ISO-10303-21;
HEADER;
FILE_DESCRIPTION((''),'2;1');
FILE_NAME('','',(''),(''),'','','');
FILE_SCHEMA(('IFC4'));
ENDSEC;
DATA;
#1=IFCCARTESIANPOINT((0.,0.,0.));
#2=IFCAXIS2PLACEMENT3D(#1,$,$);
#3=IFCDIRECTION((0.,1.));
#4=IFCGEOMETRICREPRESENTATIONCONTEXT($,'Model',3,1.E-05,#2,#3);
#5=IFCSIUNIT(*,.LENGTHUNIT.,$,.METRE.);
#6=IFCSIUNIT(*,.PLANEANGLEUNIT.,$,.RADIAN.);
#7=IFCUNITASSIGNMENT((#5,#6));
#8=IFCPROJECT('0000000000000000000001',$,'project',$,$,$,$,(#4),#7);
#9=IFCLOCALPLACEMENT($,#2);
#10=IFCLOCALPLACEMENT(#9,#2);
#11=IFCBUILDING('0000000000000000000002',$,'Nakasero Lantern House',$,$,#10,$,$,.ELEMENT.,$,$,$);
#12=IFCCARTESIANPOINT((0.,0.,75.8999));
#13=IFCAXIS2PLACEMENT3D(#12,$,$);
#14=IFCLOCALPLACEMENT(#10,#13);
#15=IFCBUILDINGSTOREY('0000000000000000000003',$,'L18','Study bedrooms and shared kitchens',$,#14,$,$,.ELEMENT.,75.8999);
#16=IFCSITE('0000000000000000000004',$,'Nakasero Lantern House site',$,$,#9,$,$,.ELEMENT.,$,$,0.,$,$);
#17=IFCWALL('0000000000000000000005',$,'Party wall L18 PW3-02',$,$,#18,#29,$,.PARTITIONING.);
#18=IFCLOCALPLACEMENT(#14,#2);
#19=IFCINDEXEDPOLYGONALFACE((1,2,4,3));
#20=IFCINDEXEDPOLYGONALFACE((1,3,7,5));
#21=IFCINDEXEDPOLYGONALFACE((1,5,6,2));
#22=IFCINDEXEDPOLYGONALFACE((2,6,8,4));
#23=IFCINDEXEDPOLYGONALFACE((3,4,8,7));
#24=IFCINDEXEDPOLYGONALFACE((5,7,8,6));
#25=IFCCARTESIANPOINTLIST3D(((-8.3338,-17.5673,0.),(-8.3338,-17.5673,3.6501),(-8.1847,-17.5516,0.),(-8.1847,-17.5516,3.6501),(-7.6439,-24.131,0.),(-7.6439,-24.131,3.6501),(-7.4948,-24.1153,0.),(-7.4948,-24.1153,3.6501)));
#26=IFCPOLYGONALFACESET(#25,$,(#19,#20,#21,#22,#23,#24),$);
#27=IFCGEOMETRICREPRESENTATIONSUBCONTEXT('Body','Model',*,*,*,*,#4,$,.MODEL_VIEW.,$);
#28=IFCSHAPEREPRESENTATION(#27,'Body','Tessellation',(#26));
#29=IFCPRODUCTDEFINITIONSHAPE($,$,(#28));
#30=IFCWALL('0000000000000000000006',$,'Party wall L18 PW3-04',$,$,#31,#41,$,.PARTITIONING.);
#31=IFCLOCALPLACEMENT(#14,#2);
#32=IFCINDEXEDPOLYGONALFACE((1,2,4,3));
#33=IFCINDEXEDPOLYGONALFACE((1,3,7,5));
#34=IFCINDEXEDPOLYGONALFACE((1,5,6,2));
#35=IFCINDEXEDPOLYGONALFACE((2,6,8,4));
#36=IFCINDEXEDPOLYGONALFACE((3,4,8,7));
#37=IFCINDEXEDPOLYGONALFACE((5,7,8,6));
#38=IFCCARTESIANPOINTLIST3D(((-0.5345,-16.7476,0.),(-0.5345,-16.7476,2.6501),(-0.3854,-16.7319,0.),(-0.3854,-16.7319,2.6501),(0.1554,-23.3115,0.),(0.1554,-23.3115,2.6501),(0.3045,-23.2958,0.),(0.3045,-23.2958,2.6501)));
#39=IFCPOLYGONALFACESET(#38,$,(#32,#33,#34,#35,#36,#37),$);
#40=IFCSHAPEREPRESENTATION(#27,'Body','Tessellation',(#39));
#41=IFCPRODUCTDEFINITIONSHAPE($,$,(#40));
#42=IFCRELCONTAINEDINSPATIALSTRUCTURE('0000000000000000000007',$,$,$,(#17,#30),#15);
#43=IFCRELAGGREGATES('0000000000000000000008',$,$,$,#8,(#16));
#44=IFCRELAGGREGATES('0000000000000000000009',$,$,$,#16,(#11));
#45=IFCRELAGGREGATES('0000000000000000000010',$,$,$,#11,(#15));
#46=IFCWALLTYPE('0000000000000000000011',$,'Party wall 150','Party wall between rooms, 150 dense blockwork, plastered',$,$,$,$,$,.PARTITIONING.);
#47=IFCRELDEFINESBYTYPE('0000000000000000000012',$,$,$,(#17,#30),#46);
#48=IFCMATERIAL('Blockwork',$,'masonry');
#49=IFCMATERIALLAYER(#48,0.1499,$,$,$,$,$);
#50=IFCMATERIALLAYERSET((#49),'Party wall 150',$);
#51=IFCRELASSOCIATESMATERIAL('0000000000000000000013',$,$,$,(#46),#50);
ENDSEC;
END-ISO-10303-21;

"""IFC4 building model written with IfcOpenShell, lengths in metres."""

from ifc_helpers import new_model, si_unit, direction, frame, frame_2d, origin, place, context, subcontext, project, spatial, rectangle, extrude, material, layer, layer_set, type_object, element, save


model = new_model("IFC4")

# Units and contexts
model_context = context("Model", 3, precision=1e-05, world=origin(), true_north=direction((0.0, 1.0)))
body_context = subcontext(model_context, "Body", "Model", "MODEL_VIEW")
ifc_project = project(units=[si_unit("LENGTHUNIT", "METRE"), si_unit("PLANEANGLEUNIT", "RADIAN")], contexts=[model_context])

# Site, building, storey
site_placement = place(None, origin())
site = spatial("IfcSite", under=ifc_project, at=site_placement, Name="Nakasero Lantern House site", CompositionType="ELEMENT", RefElevation=0.0)
building_placement = place(site_placement, origin())
building = spatial("IfcBuilding", under=site, at=building_placement, Name="Nakasero Lantern House", CompositionType="ELEMENT")
storey_placement = place(building_placement, frame((0.0, 0.0, 75.8999)))
storey = spatial("IfcBuildingStorey", under=building, at=storey_placement, Name="L18", Description="Study bedrooms and shared kitchens", CompositionType="ELEMENT", Elevation=75.8999)

# Walls
ifc_material_1 = material(Name="Blockwork", Category="masonry")
ifc_layer_1 = layer(ifc_material_1, 0.1499)
ifc_layer_set_1 = layer_set([ifc_layer_1], Name="Party wall 150")
wall_type_1 = type_object("IfcWallType", Name="Party wall 150", Description="Party wall between rooms, 150 dense blockwork, plastered", PredefinedType="PARTITIONING", material=ifc_layer_set_1)
wall_1_placement = place(storey_placement, frame((-8.2593, -17.5596, 0.0), z_axis=(0.0, 0.0, 1.0), x_axis=(0.104538, -0.994521, 0.0)))
element("IfcWall", 1, at=wall_1_placement, inside=storey, type_object=wall_type_1, Name="Party wall L18 PW3-02", PredefinedType="PARTITIONING", context=body_context, shape_type="SweptSolid", body=[
    extrude(rectangle(XDim=6.5999, YDim=0.1499, at=frame_2d((3.2998, 0.0))), origin(), (0.0, 0.0, 1.0), 3.6501),
])
wall_2_placement = place(storey_placement, frame((-0.46, -16.7397, 0.0), z_axis=(0.0, 0.0, 1.0), x_axis=(0.104535, -0.994521, 0.0)))
element("IfcWall", 2, at=wall_2_placement, inside=storey, type_object=wall_type_1, Name="Party wall L18 PW3-04", PredefinedType="PARTITIONING", context=body_context, shape_type="SweptSolid", body=[
    extrude(rectangle(XDim=6.6001, YDim=0.1499, at=frame_2d((3.3, 0.0))), origin(), (0.0, 0.0, 1.0), 2.6501),
])

save(model, "model.ifc")
